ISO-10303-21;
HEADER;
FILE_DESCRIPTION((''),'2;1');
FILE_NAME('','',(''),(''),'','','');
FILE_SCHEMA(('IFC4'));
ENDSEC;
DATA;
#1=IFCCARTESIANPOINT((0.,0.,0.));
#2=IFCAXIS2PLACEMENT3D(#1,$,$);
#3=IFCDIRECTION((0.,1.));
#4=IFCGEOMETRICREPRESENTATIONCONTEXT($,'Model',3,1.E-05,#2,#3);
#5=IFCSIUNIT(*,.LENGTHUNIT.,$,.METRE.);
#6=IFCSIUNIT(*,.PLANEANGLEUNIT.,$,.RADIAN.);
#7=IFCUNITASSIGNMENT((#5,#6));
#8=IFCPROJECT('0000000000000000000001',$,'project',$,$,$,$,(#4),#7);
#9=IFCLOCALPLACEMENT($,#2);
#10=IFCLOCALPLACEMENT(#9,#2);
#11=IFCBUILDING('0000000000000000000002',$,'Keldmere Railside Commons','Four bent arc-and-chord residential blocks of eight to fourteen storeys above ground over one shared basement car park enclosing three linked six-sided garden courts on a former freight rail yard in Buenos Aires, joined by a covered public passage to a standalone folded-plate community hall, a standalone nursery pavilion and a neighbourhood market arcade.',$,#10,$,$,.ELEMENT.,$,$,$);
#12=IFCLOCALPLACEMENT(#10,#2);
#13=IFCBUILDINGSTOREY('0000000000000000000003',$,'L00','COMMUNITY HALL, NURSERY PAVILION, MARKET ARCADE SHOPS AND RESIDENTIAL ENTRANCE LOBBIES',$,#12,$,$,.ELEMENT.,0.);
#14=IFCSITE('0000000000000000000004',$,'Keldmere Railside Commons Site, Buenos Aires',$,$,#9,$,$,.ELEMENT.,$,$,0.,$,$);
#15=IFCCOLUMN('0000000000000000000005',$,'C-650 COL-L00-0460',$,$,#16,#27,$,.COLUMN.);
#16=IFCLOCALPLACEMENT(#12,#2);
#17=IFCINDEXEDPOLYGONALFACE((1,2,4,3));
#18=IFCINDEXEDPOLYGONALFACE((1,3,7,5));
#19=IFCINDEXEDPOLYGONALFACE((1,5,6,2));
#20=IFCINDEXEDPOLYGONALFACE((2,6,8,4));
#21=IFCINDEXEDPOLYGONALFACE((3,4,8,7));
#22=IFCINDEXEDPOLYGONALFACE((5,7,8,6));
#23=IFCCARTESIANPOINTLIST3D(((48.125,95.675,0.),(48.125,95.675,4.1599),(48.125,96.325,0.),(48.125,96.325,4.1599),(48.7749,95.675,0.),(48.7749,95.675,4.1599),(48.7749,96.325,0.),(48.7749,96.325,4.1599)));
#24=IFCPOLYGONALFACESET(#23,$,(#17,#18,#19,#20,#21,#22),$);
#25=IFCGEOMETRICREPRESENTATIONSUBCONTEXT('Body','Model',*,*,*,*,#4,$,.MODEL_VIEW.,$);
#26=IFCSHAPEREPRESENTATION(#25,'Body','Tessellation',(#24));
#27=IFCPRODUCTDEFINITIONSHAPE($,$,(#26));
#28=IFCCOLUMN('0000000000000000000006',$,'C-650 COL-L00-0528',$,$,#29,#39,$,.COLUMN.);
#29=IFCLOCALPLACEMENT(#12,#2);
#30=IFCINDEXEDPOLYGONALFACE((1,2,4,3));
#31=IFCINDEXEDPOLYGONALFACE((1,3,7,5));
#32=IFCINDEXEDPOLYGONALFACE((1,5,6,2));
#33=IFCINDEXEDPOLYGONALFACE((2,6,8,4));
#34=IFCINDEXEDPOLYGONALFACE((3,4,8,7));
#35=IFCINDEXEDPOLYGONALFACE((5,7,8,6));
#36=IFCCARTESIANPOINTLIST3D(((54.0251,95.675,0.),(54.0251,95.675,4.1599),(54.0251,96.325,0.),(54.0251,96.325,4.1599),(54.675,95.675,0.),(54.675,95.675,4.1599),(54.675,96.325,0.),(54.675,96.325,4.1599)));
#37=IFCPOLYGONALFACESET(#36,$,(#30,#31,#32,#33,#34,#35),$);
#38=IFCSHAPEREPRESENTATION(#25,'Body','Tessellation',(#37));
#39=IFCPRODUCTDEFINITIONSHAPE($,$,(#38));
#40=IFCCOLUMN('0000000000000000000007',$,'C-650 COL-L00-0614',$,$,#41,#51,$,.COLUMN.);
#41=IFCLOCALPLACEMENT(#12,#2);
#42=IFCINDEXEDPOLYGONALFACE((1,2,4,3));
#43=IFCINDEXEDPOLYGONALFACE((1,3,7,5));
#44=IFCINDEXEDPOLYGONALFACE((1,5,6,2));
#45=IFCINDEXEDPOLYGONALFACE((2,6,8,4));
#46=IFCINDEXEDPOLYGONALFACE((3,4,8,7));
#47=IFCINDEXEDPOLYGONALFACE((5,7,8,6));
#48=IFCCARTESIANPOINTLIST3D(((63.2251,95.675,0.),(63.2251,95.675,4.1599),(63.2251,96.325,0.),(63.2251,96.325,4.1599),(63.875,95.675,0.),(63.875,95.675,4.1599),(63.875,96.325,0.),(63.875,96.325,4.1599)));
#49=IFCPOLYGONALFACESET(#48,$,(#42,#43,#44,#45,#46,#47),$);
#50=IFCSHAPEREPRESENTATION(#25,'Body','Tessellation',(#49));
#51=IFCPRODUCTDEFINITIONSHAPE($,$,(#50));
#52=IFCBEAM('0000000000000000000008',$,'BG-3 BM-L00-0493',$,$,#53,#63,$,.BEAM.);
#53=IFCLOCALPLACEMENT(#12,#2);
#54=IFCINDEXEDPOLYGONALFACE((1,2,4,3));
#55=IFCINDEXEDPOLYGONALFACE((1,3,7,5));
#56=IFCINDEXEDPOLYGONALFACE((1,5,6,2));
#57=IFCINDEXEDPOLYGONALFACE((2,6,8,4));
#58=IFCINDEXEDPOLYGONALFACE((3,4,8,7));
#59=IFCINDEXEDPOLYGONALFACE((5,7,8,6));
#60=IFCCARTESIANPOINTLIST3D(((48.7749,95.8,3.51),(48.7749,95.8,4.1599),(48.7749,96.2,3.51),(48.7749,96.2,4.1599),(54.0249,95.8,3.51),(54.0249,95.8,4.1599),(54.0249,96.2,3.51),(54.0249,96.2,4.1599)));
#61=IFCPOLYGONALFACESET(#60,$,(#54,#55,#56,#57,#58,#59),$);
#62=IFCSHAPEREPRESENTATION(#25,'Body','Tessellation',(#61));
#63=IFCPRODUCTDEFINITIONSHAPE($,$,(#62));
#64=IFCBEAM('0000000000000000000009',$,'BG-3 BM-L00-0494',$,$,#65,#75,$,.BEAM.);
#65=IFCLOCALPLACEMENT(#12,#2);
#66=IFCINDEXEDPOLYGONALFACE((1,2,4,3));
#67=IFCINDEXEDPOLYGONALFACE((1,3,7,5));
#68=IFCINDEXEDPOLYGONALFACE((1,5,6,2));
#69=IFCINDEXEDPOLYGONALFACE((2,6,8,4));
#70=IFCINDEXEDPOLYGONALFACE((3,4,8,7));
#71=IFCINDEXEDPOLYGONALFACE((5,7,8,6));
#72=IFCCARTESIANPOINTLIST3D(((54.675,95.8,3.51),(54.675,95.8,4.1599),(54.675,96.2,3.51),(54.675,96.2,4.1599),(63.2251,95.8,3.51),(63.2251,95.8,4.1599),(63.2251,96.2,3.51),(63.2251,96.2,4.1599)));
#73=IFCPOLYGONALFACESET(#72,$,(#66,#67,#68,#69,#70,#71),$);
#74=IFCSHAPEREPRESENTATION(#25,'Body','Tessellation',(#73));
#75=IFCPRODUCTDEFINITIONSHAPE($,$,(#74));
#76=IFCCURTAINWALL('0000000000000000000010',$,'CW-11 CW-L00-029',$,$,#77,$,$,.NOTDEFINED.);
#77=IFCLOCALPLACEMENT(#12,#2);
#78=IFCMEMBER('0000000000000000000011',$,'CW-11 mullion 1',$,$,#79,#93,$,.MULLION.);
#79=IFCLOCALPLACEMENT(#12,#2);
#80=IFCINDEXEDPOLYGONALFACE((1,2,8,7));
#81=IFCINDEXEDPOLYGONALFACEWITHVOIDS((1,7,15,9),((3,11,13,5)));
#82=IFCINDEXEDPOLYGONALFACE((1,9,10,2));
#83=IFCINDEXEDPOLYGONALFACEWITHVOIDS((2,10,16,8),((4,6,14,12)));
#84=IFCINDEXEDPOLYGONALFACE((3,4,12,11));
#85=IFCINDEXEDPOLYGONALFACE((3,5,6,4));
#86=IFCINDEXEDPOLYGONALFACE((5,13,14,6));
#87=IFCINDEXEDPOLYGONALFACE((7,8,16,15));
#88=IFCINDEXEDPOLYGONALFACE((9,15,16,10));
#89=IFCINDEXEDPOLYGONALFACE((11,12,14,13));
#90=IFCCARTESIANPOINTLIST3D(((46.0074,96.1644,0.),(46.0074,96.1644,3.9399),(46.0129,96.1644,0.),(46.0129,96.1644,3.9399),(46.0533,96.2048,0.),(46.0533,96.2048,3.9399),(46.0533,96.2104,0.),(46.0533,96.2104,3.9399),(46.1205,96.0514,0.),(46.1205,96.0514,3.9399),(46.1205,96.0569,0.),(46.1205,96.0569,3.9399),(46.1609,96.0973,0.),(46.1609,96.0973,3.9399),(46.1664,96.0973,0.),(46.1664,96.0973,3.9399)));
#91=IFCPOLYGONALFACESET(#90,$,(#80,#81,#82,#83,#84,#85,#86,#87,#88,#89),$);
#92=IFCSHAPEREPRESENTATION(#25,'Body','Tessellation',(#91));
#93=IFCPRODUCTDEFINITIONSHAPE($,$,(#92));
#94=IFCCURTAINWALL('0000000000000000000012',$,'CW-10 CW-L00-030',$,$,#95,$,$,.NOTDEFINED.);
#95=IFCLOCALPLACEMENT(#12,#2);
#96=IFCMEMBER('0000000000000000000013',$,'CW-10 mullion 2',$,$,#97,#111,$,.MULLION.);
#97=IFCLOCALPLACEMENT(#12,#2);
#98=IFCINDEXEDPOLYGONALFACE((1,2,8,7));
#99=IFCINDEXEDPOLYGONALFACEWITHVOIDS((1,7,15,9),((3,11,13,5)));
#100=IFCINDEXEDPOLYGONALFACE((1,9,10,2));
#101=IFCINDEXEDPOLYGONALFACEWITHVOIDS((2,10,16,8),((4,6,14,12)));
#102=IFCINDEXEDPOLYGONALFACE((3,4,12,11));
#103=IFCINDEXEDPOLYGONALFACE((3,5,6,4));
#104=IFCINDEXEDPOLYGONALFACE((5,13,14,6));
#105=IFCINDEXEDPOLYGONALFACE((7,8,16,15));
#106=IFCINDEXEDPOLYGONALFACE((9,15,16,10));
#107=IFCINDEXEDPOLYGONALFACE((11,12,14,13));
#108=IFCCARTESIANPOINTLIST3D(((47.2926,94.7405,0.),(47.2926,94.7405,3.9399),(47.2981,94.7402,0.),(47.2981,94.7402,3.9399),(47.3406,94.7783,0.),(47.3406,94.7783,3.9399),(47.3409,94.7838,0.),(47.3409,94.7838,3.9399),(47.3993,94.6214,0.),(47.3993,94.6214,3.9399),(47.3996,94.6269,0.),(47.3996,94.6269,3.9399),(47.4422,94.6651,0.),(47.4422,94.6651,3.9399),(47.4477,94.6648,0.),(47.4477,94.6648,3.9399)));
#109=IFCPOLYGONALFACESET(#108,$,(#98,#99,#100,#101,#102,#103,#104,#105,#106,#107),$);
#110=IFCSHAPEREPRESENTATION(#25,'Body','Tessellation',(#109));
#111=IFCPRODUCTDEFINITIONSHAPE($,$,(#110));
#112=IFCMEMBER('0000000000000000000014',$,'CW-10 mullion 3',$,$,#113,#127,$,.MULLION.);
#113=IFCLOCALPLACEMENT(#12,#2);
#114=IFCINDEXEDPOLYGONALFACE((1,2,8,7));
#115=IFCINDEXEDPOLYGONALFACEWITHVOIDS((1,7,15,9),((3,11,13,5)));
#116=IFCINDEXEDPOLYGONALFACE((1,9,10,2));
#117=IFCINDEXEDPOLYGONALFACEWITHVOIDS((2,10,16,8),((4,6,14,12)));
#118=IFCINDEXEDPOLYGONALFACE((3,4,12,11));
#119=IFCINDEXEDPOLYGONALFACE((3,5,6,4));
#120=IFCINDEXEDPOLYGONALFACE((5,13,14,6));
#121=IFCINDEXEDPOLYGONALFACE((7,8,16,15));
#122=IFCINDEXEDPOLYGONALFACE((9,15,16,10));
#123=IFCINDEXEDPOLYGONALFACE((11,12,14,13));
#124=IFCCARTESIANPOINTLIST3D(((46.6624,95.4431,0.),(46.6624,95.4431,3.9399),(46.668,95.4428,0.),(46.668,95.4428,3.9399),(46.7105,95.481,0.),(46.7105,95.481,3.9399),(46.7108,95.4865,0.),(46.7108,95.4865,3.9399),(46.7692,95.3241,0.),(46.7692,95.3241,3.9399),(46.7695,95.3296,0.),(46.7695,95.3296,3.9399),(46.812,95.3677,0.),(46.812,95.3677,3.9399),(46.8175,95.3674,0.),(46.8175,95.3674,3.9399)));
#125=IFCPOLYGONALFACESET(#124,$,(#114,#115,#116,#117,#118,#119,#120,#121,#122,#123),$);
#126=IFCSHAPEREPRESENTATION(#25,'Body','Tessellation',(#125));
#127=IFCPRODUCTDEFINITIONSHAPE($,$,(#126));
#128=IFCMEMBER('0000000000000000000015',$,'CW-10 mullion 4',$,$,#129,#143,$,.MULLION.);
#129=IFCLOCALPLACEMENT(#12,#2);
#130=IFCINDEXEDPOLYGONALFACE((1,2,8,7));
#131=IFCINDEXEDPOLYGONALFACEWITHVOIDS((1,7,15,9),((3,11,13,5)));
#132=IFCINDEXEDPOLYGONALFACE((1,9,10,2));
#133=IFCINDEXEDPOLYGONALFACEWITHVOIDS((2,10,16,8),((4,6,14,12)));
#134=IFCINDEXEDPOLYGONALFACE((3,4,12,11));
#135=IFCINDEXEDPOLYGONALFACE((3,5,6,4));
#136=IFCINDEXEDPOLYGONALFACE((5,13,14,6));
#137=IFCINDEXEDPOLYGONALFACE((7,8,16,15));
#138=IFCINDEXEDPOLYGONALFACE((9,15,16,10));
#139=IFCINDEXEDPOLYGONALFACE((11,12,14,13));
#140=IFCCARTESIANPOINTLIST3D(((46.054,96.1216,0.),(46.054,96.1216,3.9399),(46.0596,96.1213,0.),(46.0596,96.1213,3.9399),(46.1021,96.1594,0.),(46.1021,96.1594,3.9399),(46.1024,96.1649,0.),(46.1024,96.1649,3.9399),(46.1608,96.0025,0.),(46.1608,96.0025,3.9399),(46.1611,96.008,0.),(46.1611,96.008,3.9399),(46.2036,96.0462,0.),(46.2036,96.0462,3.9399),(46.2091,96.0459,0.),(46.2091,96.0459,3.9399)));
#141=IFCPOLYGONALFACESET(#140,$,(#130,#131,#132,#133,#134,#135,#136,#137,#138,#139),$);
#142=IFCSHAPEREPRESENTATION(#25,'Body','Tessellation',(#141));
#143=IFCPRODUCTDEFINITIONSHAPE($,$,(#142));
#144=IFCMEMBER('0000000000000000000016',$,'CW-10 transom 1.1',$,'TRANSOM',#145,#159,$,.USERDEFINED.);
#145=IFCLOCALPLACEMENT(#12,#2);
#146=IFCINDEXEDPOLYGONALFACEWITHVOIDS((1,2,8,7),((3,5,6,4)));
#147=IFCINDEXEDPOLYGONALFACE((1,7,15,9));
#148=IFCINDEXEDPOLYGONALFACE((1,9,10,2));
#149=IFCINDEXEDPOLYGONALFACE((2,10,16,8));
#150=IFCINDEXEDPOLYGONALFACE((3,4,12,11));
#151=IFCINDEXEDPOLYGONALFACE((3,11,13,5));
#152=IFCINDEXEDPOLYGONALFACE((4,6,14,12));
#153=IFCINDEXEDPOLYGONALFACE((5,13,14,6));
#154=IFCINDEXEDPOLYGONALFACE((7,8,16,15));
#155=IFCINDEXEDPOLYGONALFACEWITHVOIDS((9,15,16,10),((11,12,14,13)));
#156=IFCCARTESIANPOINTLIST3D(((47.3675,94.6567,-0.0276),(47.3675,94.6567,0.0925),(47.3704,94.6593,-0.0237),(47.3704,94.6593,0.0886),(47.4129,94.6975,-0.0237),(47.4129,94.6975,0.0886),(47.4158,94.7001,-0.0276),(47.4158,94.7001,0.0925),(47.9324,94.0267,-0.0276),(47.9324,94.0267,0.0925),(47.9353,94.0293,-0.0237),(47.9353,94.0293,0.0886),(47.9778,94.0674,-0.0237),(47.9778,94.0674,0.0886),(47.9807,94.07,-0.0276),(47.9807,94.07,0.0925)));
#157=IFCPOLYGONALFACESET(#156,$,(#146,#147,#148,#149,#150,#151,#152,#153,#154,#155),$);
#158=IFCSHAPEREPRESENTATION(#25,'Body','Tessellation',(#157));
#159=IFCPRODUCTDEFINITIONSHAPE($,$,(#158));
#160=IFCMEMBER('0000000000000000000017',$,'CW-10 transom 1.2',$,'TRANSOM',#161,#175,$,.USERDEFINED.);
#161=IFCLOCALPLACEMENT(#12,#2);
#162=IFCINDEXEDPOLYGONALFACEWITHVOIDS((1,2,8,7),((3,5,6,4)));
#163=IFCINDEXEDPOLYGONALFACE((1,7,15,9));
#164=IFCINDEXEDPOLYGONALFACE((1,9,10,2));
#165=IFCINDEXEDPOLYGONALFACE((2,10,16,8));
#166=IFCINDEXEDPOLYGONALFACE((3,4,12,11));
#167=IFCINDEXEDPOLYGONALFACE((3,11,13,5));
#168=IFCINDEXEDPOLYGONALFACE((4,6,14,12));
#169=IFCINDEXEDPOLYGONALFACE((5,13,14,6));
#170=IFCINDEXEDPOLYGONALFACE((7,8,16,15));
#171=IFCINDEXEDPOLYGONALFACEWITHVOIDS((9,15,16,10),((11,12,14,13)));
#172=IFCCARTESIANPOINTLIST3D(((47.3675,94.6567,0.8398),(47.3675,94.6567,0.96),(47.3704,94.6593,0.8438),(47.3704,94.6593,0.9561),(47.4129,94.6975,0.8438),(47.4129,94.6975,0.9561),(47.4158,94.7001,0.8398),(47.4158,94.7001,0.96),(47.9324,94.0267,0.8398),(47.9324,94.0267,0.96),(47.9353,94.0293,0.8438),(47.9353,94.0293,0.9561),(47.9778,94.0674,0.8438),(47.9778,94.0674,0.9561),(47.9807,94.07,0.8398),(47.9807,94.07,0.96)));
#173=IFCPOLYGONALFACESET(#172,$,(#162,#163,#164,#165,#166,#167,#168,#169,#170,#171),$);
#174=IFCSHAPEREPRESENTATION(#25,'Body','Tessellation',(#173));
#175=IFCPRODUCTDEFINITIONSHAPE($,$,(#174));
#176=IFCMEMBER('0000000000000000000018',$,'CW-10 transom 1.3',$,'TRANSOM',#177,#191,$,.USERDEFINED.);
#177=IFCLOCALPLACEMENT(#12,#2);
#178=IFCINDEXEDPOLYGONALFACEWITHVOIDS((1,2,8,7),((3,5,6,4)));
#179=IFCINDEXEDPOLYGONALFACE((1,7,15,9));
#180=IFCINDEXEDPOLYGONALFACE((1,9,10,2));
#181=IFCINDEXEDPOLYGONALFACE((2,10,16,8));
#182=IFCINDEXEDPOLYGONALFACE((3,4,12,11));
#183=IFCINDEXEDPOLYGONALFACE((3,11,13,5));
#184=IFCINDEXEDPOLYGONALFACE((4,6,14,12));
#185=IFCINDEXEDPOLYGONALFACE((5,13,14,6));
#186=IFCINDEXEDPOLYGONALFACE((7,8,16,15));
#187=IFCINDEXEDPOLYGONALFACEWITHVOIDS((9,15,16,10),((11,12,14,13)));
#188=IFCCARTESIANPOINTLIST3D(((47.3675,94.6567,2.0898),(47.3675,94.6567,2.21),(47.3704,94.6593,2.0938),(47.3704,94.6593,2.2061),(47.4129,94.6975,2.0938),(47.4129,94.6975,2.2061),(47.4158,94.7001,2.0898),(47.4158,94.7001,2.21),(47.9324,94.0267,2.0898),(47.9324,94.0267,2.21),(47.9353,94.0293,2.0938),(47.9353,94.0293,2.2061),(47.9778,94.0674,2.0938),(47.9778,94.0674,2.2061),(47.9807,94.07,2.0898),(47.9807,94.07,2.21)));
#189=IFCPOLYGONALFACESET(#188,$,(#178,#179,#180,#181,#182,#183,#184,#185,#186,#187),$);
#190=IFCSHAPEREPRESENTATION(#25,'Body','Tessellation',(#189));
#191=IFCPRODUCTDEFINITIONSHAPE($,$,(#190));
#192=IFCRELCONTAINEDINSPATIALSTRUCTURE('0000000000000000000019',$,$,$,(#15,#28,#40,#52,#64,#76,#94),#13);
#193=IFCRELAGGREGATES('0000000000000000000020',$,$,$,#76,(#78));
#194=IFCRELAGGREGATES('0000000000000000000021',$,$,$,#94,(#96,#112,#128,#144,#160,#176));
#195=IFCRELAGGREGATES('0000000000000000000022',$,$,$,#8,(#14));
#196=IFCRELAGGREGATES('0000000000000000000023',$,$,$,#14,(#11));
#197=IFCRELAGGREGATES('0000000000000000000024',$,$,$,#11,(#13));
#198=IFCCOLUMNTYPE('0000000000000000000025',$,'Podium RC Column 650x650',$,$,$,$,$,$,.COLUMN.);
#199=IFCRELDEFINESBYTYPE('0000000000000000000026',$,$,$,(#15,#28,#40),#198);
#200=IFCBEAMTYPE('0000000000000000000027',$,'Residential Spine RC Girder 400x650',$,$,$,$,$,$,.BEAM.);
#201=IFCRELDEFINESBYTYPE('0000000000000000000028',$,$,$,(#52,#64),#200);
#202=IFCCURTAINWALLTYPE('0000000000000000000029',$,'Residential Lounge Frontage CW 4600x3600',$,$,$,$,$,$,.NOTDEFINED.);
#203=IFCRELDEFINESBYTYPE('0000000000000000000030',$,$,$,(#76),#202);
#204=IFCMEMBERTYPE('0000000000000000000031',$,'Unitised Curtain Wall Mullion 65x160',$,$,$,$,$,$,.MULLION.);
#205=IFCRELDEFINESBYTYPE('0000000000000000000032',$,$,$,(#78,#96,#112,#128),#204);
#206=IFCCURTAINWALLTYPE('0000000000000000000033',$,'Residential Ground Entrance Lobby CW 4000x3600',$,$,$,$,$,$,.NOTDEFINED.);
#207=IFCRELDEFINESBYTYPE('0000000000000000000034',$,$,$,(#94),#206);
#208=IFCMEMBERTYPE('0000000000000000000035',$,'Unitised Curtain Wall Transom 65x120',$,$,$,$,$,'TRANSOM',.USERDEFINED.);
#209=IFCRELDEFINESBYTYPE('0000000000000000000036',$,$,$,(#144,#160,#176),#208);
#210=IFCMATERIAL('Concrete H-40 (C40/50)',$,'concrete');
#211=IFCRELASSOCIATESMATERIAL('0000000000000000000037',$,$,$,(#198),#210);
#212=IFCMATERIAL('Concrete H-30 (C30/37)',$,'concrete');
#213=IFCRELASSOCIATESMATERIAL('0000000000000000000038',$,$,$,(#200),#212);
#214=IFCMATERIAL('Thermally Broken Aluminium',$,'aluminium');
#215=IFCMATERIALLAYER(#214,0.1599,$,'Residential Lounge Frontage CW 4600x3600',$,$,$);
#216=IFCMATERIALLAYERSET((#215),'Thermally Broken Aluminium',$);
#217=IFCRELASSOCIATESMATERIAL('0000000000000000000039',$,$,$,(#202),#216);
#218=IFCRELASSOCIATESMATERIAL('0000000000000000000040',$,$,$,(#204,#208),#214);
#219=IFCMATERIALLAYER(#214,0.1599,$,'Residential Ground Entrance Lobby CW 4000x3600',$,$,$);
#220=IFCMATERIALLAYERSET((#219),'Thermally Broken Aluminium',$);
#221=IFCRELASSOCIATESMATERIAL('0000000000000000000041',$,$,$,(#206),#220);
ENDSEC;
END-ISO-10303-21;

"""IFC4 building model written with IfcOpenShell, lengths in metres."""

from ifc_helpers import new_model, si_unit, direction, frame, origin, origin_2d, place, context, subcontext, project, spatial, rectangle, hollow_rectangle, extrude, material, layer, layer_set, material_profile, profile_set, type_object, element, aggregate, save


model = new_model("IFC4")

# Units and contexts
model_context = context("Model", 3, precision=1e-05, world=origin(), true_north=direction((0.0, 1.0)))
body_context = subcontext(model_context, "Body", "Model", "MODEL_VIEW")
ifc_project = project(units=[si_unit("LENGTHUNIT", "METRE"), si_unit("PLANEANGLEUNIT", "RADIAN")], contexts=[model_context])

# Site, building, storey
site_placement = place(None, origin())
site = spatial("IfcSite", under=ifc_project, at=site_placement, Name="Keldmere Railside Commons Site, Buenos Aires", CompositionType="ELEMENT", RefElevation=0.0)
building_placement = place(site_placement, origin())
building = spatial("IfcBuilding", under=site, at=building_placement, Name="Keldmere Railside Commons", Description="Four bent arc-and-chord residential blocks of eight to fourteen storeys above ground over one shared basement car park enclosing three linked six-sided garden courts on a former freight rail yard in Buenos Aires, joined by a covered public passage to a standalone folded-plate community hall, a standalone nursery pavilion and a neighbourhood market arcade.", CompositionType="ELEMENT")
storey_placement = place(building_placement, origin())
storey = spatial("IfcBuildingStorey", under=building, at=storey_placement, Name="L00", Description="COMMUNITY HALL, NURSERY PAVILION, MARKET ARCADE SHOPS AND RESIDENTIAL ENTRANCE LOBBIES", CompositionType="ELEMENT", Elevation=0.0)

# Columns
ifc_material_1 = material(Name="Concrete H-40 (C40/50)", Category="concrete")
ifc_material_profile_1 = material_profile(ifc_material_1, rectangle(XDim=0.6499, YDim=0.6499, at=origin_2d()), Name="RC-650x650")
ifc_profile_set_1 = profile_set([ifc_material_profile_1], Name="Concrete H-40 (C40/50)")
column_type = type_object("IfcColumnType", Name="Podium RC Column 650x650", PredefinedType="COLUMN", material=ifc_profile_set_1)
for number, where, z_axis, x_axis, name in (
    (1, (48.45, 96.0, 0.0), (0.0, 0.0, 1.0), (1.0, 0.0, 0.0), "C-650 COL-L00-0460"),
    (2, (54.3501, 96.0, 0.0), (0.0, 0.0, 1.0), (1.0, 0.0, 0.0), "C-650 COL-L00-0528"),
    (3, (63.55, 96.0, 0.0), (0.0, 0.0, 1.0), (1.0, 0.0, 0.0), "C-650 COL-L00-0614"),
):
    element("IfcColumn", number, at=place(storey_placement, frame(where, z_axis=z_axis, x_axis=x_axis)), inside=storey, type_object=column_type, Name=name, PredefinedType="COLUMN", context=body_context, shape_type="SweptSolid", body=[
        extrude(rectangle(XDim=0.6499, YDim=0.6499, at=origin_2d()), origin(), (0.0, 0.0, 1.0), 4.1599),
    ])

# Beams
ifc_material_2 = material(Name="Concrete H-30 (C30/37)", Category="concrete")
ifc_material_profile_2 = material_profile(ifc_material_2, rectangle(XDim=0.3999, YDim=0.6499, at=origin_2d()), Name="RC-400x650")
ifc_profile_set_2 = profile_set([ifc_material_profile_2], Name="Concrete H-30 (C30/37)")
beam_type = type_object("IfcBeamType", Name="Residential Spine RC Girder 400x650", PredefinedType="BEAM", material=ifc_profile_set_2)
beam_1_placement = place(storey_placement, frame((48.7749, 96.0, 3.835), z_axis=(1.0, 0.0, 0.0), x_axis=(0.0, 1.0, 0.0)))
element("IfcBeam", 4, at=beam_1_placement, inside=storey, type_object=beam_type, Name="BG-3 BM-L00-0493", PredefinedType="BEAM", context=body_context, shape_type="SweptSolid", body=[
    extrude(rectangle(XDim=0.3999, YDim=0.6499, at=origin_2d()), origin(), (0.0, 0.0, 1.0), 5.25),
])
beam_2_placement = place(storey_placement, frame((54.675, 96.0, 3.835), z_axis=(1.0, 0.0, 0.0), x_axis=(0.0, 1.0, 0.0)))
element("IfcBeam", 5, at=beam_2_placement, inside=storey, type_object=beam_type, Name="BG-3 BM-L00-0494", PredefinedType="BEAM", context=body_context, shape_type="SweptSolid", body=[
    extrude(rectangle(XDim=0.3999, YDim=0.6499, at=origin_2d()), origin(), (0.0, 0.0, 1.0), 8.55),
])

# Curtain wall, member
ifc_material_3 = material(Name="Thermally Broken Aluminium", Category="aluminium")
ifc_layer_1 = layer(ifc_material_3, 0.1599, Name="Residential Lounge Frontage CW 4600x3600")
ifc_layer_set_1 = layer_set([ifc_layer_1], Name="Thermally Broken Aluminium")
curtain_wall_type_1 = type_object("IfcCurtainWallType", Name="Residential Lounge Frontage CW 4600x3600", PredefinedType="NOTDEFINED", material=ifc_layer_set_1)
curtain_wall_1_placement = place(storey_placement, origin())
curtain_wall_1 = element("IfcCurtainWall", 6, at=curtain_wall_1_placement, inside=storey, type_object=curtain_wall_type_1, Name="CW-11 CW-L00-029", PredefinedType="NOTDEFINED")
ifc_material_profile_3 = material_profile(ifc_material_3, hollow_rectangle(XDim=0.0649, YDim=0.1599, WallThickness=0.0039, at=origin_2d()), Name="ALU-MULL-65x160")
ifc_profile_set_3 = profile_set([ifc_material_profile_3], Name="Thermally Broken Aluminium")
member_type_1 = type_object("IfcMemberType", Name="Unitised Curtain Wall Mullion 65x160", PredefinedType="MULLION", material=ifc_profile_set_3)
member_1_placement = place(storey_placement, frame((46.0869, 96.1309, 0.0), z_axis=(0.0, 0.0, 1.0), x_axis=(-0.707107, -0.707107, 0.0)))
member_1 = element("IfcMember", 7, at=member_1_placement, type_object=member_type_1, Name="CW-11 mullion 1", PredefinedType="MULLION", context=body_context, shape_type="SweptSolid", body=[
    extrude(hollow_rectangle(XDim=0.0649, YDim=0.1599, WallThickness=0.0039, at=origin_2d()), origin(), (0.0, 0.0, 1.0), 3.9399),
])
aggregate(curtain_wall_1, [member_1])

# Curtain wall, members
ifc_layer_2 = layer(ifc_material_3, 0.1599, Name="Residential Ground Entrance Lobby CW 4000x3600")
ifc_layer_set_2 = layer_set([ifc_layer_2], Name="Thermally Broken Aluminium")
curtain_wall_type_2 = type_object("IfcCurtainWallType", Name="Residential Ground Entrance Lobby CW 4000x3600", PredefinedType="NOTDEFINED", material=ifc_layer_set_2)
curtain_wall_2_placement = place(storey_placement, origin())
curtain_wall_2 = element("IfcCurtainWall", 8, at=curtain_wall_2_placement, inside=storey, type_object=curtain_wall_type_2, Name="CW-10 CW-L00-030", PredefinedType="NOTDEFINED")
member_2_placement = place(storey_placement, frame((47.3701, 94.7026, 0.0), z_axis=(0.0, 0.0, 1.0), x_axis=(-0.744557, -0.667559, 0.0)))
member_2 = element("IfcMember", 9, at=member_2_placement, type_object=member_type_1, Name="CW-10 mullion 2", PredefinedType="MULLION", context=body_context, shape_type="SweptSolid", body=[
    extrude(hollow_rectangle(XDim=0.0649, YDim=0.1599, WallThickness=0.0039, at=origin_2d()), origin(), (0.0, 0.0, 1.0), 3.9399),
])
member_3_placement = place(storey_placement, frame((46.74, 95.4053, 0.0), z_axis=(0.0, 0.0, 1.0), x_axis=(-0.744557, -0.667559, 0.0)))
member_3 = element("IfcMember", 10, at=member_3_placement, type_object=member_type_1, Name="CW-10 mullion 3", PredefinedType="MULLION", context=body_context, shape_type="SweptSolid", body=[
    extrude(hollow_rectangle(XDim=0.0649, YDim=0.1599, WallThickness=0.0039, at=origin_2d()), origin(), (0.0, 0.0, 1.0), 3.9399),
])
member_4_placement = place(storey_placement, frame((46.1316, 96.0837, 0.0), z_axis=(0.0, 0.0, 1.0), x_axis=(-0.744557, -0.667559, 0.0)))
member_4 = element("IfcMember", 11, at=member_4_placement, type_object=member_type_1, Name="CW-10 mullion 4", PredefinedType="MULLION", context=body_context, shape_type="SweptSolid", body=[
    extrude(hollow_rectangle(XDim=0.0649, YDim=0.1599, WallThickness=0.0039, at=origin_2d()), origin(), (0.0, 0.0, 1.0), 3.9399),
])
ifc_material_profile_4 = material_profile(ifc_material_3, hollow_rectangle(XDim=0.0649, YDim=0.1201, WallThickness=0.0039, at=origin_2d()), Name="ALU-TRAN-65x120")
ifc_profile_set_4 = profile_set([ifc_material_profile_4], Name="Thermally Broken Aluminium")
member_type_2 = type_object("IfcMemberType", Name="Unitised Curtain Wall Transom 65x120", ElementType="TRANSOM", PredefinedType="USERDEFINED", material=ifc_profile_set_4)
member_5_placement = place(storey_placement, frame((47.9565, 94.0483, 0.0325), z_axis=(-0.667545, 0.744569, 0.0), x_axis=(-0.744569, -0.667545, 0.0)))
member_5 = element("IfcMember", 12, at=member_5_placement, type_object=member_type_2, Name="CW-10 transom 1.1", ObjectType="TRANSOM", PredefinedType="USERDEFINED", context=body_context, shape_type="SweptSolid", body=[
    extrude(hollow_rectangle(XDim=0.0649, YDim=0.1201, WallThickness=0.0039, at=origin_2d()), origin(), (0.0, 0.0, 1.0), 0.8462),
])
member_6_placement = place(storey_placement, frame((47.9565, 94.0483, 0.8999), z_axis=(-0.667545, 0.744569, 0.0), x_axis=(-0.744569, -0.667545, 0.0)))
member_6 = element("IfcMember", 13, at=member_6_placement, type_object=member_type_2, Name="CW-10 transom 1.2", ObjectType="TRANSOM", PredefinedType="USERDEFINED", context=body_context, shape_type="SweptSolid", body=[
    extrude(hollow_rectangle(XDim=0.0649, YDim=0.1201, WallThickness=0.0039, at=origin_2d()), origin(), (0.0, 0.0, 1.0), 0.8462),
])
member_7_placement = place(storey_placement, frame((47.9565, 94.0483, 2.1499), z_axis=(-0.667545, 0.744569, 0.0), x_axis=(-0.744569, -0.667545, 0.0)))
member_7 = element("IfcMember", 14, at=member_7_placement, type_object=member_type_2, Name="CW-10 transom 1.3", ObjectType="TRANSOM", PredefinedType="USERDEFINED", context=body_context, shape_type="SweptSolid", body=[
    extrude(hollow_rectangle(XDim=0.0649, YDim=0.1201, WallThickness=0.0039, at=origin_2d()), origin(), (0.0, 0.0, 1.0), 0.8462),
])
aggregate(curtain_wall_2, [member_2, member_3, member_4, member_5, member_6, member_7])

save(model, "model.ifc")
